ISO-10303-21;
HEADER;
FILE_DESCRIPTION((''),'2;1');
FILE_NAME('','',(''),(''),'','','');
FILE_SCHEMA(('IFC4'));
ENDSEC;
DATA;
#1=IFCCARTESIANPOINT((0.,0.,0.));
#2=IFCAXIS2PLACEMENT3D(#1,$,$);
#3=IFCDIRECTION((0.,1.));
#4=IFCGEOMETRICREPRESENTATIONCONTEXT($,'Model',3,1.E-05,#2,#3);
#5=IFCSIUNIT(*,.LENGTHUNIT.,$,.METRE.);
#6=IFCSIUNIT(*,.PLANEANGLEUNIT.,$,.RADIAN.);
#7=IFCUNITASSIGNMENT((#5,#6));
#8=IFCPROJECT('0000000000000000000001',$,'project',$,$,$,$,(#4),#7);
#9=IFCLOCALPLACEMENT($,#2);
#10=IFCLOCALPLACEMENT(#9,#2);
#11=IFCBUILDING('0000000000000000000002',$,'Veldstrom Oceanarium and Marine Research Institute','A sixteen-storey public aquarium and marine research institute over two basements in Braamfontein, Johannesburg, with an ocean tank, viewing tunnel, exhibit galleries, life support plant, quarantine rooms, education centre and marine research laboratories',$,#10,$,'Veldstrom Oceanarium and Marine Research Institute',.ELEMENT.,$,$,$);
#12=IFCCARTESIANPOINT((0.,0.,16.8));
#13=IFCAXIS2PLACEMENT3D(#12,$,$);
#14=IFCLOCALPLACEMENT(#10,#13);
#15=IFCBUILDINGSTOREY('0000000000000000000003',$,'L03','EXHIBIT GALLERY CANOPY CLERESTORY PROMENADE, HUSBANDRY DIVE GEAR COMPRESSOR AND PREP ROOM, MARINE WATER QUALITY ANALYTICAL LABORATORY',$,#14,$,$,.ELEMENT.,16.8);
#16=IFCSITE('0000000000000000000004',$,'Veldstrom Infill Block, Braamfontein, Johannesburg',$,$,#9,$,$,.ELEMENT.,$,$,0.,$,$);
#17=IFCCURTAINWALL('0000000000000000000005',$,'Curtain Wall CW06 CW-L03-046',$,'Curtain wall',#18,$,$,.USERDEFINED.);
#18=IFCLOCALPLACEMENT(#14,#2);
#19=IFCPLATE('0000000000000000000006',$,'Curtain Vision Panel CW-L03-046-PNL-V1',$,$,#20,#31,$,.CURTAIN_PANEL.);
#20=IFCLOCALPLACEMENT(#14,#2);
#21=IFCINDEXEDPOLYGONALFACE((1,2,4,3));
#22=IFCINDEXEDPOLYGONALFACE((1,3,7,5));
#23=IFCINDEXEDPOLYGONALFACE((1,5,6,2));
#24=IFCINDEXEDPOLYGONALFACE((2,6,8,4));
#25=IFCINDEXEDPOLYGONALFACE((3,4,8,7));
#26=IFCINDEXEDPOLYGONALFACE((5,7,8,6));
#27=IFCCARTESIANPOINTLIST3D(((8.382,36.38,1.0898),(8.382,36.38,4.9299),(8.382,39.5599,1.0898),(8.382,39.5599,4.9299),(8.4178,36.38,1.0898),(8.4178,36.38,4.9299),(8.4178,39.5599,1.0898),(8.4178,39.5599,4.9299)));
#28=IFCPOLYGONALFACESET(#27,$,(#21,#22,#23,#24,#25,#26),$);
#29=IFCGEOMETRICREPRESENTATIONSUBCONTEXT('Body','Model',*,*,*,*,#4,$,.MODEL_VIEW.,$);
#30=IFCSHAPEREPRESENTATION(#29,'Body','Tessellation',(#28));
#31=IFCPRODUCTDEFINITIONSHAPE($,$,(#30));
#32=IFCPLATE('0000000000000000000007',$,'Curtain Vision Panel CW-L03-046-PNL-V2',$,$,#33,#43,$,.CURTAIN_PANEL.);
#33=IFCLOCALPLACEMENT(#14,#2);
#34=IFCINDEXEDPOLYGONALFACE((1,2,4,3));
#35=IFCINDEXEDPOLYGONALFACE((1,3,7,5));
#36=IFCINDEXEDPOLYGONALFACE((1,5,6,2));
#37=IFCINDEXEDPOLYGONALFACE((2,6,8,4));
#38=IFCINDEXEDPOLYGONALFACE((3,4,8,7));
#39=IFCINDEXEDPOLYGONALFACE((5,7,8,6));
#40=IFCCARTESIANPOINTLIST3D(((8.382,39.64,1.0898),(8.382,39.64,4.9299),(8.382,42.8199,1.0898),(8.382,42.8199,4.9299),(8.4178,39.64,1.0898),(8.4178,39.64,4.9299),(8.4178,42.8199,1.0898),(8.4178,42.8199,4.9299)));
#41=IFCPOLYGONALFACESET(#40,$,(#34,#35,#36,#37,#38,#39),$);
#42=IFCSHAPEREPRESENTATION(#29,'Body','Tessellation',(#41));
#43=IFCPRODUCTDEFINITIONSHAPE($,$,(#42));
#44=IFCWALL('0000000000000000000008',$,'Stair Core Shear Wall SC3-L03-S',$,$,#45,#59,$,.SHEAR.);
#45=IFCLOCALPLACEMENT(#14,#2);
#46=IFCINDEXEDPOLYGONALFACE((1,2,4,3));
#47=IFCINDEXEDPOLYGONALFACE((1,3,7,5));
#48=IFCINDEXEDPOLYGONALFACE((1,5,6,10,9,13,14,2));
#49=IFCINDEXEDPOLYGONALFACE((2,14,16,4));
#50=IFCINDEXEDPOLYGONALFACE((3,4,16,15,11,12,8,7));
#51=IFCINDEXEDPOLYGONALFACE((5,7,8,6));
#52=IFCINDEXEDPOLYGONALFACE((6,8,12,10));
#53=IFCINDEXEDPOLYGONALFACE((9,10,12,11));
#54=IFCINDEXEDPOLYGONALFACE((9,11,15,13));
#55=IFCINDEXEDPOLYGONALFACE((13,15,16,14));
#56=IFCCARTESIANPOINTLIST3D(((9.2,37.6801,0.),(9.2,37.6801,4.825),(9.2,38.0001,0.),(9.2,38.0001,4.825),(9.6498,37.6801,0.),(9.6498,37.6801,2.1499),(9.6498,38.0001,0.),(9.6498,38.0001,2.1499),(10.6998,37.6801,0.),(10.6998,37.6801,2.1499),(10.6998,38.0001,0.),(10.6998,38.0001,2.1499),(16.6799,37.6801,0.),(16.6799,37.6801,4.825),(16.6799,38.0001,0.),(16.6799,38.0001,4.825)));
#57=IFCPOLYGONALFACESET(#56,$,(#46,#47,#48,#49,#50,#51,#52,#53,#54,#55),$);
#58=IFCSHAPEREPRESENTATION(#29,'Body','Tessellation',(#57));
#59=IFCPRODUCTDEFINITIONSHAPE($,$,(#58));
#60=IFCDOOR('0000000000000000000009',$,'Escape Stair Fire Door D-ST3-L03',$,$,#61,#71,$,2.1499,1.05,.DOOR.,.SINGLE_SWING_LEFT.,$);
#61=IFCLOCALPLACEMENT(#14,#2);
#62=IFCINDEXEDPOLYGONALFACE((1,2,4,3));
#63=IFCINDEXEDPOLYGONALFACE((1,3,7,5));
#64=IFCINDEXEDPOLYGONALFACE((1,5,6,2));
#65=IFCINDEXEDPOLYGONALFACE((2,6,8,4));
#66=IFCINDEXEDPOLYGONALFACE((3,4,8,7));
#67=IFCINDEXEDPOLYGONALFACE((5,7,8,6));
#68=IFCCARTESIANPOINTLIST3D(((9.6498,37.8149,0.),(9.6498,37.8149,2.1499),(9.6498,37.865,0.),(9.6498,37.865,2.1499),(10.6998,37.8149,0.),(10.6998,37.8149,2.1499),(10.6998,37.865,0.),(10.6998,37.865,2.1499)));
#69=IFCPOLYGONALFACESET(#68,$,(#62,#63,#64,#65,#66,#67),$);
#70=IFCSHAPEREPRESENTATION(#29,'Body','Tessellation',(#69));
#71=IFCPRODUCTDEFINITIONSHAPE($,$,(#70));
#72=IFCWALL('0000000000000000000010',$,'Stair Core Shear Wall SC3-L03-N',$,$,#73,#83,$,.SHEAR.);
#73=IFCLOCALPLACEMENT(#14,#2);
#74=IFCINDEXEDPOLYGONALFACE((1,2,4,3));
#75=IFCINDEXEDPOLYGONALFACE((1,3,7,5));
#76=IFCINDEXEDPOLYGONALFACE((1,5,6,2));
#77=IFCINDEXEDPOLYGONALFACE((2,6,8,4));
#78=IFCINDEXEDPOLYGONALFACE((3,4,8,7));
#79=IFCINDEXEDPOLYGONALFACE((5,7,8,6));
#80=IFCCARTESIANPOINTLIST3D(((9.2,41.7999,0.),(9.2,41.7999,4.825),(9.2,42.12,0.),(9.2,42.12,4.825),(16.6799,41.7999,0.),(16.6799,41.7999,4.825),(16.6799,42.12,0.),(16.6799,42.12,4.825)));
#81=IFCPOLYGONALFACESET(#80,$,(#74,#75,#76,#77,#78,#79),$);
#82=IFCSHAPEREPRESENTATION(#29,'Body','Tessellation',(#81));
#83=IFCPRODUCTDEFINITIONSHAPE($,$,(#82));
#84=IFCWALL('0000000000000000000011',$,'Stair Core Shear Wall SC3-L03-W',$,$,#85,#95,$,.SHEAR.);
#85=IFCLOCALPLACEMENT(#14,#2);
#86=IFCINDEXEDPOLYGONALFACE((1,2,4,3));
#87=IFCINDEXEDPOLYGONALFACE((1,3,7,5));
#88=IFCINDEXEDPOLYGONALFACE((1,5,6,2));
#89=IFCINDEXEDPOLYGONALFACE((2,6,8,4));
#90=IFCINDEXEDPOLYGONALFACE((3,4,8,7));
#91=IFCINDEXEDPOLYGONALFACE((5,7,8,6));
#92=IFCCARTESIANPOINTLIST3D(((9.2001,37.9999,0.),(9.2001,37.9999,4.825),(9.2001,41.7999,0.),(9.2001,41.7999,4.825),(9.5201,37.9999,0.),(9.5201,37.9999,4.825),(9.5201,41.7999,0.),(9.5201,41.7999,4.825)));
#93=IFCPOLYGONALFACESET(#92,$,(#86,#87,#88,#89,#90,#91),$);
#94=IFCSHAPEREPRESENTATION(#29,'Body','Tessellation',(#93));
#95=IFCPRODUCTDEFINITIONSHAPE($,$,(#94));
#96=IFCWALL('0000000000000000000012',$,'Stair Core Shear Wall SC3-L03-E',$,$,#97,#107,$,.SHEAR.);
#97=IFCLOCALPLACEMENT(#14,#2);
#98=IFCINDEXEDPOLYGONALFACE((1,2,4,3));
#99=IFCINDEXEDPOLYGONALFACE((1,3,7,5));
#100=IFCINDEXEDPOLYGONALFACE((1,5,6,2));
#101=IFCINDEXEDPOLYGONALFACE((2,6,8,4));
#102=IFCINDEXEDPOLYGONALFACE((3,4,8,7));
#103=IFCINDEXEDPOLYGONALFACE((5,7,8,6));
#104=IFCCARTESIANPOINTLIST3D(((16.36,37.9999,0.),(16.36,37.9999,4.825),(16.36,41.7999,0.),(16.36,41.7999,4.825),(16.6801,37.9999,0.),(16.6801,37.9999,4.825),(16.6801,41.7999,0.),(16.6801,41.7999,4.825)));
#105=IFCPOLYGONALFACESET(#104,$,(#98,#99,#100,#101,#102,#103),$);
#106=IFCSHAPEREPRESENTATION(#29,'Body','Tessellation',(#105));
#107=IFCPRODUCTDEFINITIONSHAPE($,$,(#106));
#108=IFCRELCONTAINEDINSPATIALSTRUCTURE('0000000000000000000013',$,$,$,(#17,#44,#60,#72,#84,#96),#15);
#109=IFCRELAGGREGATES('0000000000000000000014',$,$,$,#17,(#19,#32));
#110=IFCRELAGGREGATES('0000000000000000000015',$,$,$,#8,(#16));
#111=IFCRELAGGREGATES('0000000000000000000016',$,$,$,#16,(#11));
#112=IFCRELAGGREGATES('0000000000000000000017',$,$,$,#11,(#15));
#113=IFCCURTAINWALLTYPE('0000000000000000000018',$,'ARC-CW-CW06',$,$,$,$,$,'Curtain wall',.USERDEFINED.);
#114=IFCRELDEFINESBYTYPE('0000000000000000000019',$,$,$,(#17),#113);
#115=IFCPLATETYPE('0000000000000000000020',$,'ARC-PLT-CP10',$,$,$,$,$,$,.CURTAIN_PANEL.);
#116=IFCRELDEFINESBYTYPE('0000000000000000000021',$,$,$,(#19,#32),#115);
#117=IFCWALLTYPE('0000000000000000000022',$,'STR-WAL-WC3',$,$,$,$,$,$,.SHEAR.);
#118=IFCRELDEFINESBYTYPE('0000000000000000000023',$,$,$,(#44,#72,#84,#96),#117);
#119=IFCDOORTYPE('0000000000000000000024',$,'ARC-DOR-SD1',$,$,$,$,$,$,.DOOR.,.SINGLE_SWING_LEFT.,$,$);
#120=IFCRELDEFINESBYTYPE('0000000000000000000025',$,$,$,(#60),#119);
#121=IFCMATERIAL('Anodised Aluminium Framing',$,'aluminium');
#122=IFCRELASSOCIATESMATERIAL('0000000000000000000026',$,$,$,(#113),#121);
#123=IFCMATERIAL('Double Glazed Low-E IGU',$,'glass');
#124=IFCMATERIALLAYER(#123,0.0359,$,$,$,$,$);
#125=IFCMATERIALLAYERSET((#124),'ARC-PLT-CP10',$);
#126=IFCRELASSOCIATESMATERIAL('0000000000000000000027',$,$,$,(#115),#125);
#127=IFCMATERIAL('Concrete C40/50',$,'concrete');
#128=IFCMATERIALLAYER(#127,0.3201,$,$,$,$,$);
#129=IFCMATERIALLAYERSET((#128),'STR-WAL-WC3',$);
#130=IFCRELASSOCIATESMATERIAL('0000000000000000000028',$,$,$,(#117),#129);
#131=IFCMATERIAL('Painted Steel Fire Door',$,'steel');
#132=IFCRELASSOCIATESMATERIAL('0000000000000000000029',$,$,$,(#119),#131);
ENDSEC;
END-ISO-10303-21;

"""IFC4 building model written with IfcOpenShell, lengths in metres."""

from ifc_helpers import new_model, si_unit, direction, frame, frame_2d, origin, origin_2d, place, context, subcontext, project, spatial, rectangle, extrude, material, layer, layer_set, type_object, element, fill, aggregate, save


model = new_model("IFC4")

# Units and contexts
model_context = context("Model", 3, precision=1e-05, world=origin(), true_north=direction((0.0, 1.0)))
body_context = subcontext(model_context, "Body", "Model", "MODEL_VIEW")
ifc_project = project(units=[si_unit("LENGTHUNIT", "METRE"), si_unit("PLANEANGLEUNIT", "RADIAN")], contexts=[model_context])

# Site, building, storey
site_placement = place(None, origin())
site = spatial("IfcSite", under=ifc_project, at=site_placement, Name="Veldstrom Infill Block, Braamfontein, Johannesburg", CompositionType="ELEMENT", RefElevation=0.0)
building_placement = place(site_placement, origin())
building = spatial("IfcBuilding", under=site, at=building_placement, Name="Veldstrom Oceanarium and Marine Research Institute", Description="A sixteen-storey public aquarium and marine research institute over two basements in Braamfontein, Johannesburg, with an ocean tank, viewing tunnel, exhibit galleries, life support plant, quarantine rooms, education centre and marine research laboratories", LongName="Veldstrom Oceanarium and Marine Research Institute", CompositionType="ELEMENT")
storey_placement = place(building_placement, frame((0.0, 0.0, 16.8)))
storey = spatial("IfcBuildingStorey", under=building, at=storey_placement, Name="L03", Description="EXHIBIT GALLERY CANOPY CLERESTORY PROMENADE, HUSBANDRY DIVE GEAR COMPRESSOR AND PREP ROOM, MARINE WATER QUALITY ANALYTICAL LABORATORY", CompositionType="ELEMENT", Elevation=16.8)

# Curtain wall
ifc_material_1 = material(Name="Anodised Aluminium Framing", Category="aluminium")
curtain_wall_type = type_object("IfcCurtainWallType", Name="ARC-CW-CW06", ElementType="Curtain wall", PredefinedType="USERDEFINED", material=ifc_material_1)
curtain_wall_placement = place(storey_placement, origin())
curtain_wall = element("IfcCurtainWall", 1, at=curtain_wall_placement, inside=storey, type_object=curtain_wall_type, Name="Curtain Wall CW06 CW-L03-046", ObjectType="Curtain wall", PredefinedType="USERDEFINED")

# Plates
ifc_material_2 = material(Name="Double Glazed Low-E IGU", Category="glass")
ifc_layer_1 = layer(ifc_material_2, 0.0359)
ifc_layer_set_1 = layer_set([ifc_layer_1], Name="ARC-PLT-CP10")
plate_type_1 = type_object("IfcPlateType", Name="ARC-PLT-CP10", PredefinedType="CURTAIN_PANEL", material=ifc_layer_set_1)
plate_1_placement = place(storey_placement, frame((8.3999, 37.97, 1.0898), z_axis=(0.0, 0.0, 1.0), x_axis=(0.0, 1.0, 0.0)))
plate_1 = element("IfcPlate", 2, at=plate_1_placement, type_object=plate_type_1, Name="Curtain Vision Panel CW-L03-046-PNL-V1", PredefinedType="CURTAIN_PANEL", context=body_context, shape_type="SweptSolid", body=[
    extrude(rectangle(XDim=3.1799, YDim=0.0359, at=origin_2d()), origin(), (0.0, 0.0, 1.0), 3.8401),
])
plate_2_placement = place(storey_placement, frame((8.3999, 41.23, 1.0898), z_axis=(0.0, 0.0, 1.0), x_axis=(0.0, 1.0, 0.0)))
plate_2 = element("IfcPlate", 3, at=plate_2_placement, type_object=plate_type_1, Name="Curtain Vision Panel CW-L03-046-PNL-V2", PredefinedType="CURTAIN_PANEL", context=body_context, shape_type="SweptSolid", body=[
    extrude(rectangle(XDim=3.1799, YDim=0.0359, at=origin_2d()), origin(), (0.0, 0.0, 1.0), 3.8401),
])
aggregate(curtain_wall, [plate_1, plate_2])

# Wall, opening, door
ifc_material_3 = material(Name="Concrete C40/50", Category="concrete")
ifc_layer_2 = layer(ifc_material_3, 0.3201)
ifc_layer_set_2 = layer_set([ifc_layer_2], Name="STR-WAL-WC3")
wall_type = type_object("IfcWallType", Name="STR-WAL-WC3", PredefinedType="SHEAR", material=ifc_layer_set_2)
wall_1_placement = place(storey_placement, frame((9.2, 37.8401, 0.0), z_axis=(0.0, 0.0, 1.0), x_axis=(1.0, 0.0, 0.0)))
wall_1 = element("IfcWall", 4, at=wall_1_placement, inside=storey, type_object=wall_type, Name="Stair Core Shear Wall SC3-L03-S", PredefinedType="SHEAR", context=body_context, shape_type="SweptSolid", body=[
    extrude(rectangle(XDim=7.48, YDim=0.3201, at=frame_2d((3.74, 0.0))), origin(), (0.0, 0.0, 1.0), 4.825),
])
opening_placement = place(wall_1_placement, frame((0.45, 0.0, 0.0)))
opening = element("IfcOpeningElement", 5, at=opening_placement, cuts=wall_1, PredefinedType="OPENING", context=body_context, shape_type="SweptSolid", body=[
    extrude(rectangle(XDim=1.05, YDim=2.1499, at=frame_2d((0.5249, 1.075))), frame((0.0, 0.1699, 0.0), z_axis=(0.0, -1.0, 0.0), x_axis=(1.0, 0.0, 0.0)), (0.0, 0.0, 1.0), 0.3401),
])
ifc_material_4 = material(Name="Painted Steel Fire Door", Category="steel")
door_type = type_object("IfcDoorType", Name="ARC-DOR-SD1", OperationType="SINGLE_SWING_LEFT", PredefinedType="DOOR", material=ifc_material_4)
door_placement = place(opening_placement, origin())
door = element("IfcDoor", 6, at=door_placement, inside=storey, type_object=door_type, Name="Escape Stair Fire Door D-ST3-L03", OperationType="SINGLE_SWING_LEFT", OverallHeight=2.1499, OverallWidth=1.05, PredefinedType="DOOR", context=body_context, shape_type="SweptSolid", body=[
    extrude(rectangle(XDim=1.05, YDim=2.1499, at=frame_2d((0.5249, 1.075))), frame((0.0, 0.0249, 0.0), z_axis=(0.0, -1.0, 0.0), x_axis=(1.0, 0.0, 0.0)), (0.0, 0.0, 1.0), 0.05),
])
fill(opening, door)

# Walls
wall_2_placement = place(storey_placement, frame((9.2, 41.96, 0.0), z_axis=(0.0, 0.0, 1.0), x_axis=(1.0, 0.0, 0.0)))
element("IfcWall", 7, at=wall_2_placement, inside=storey, type_object=wall_type, Name="Stair Core Shear Wall SC3-L03-N", PredefinedType="SHEAR", context=body_context, shape_type="SweptSolid", body=[
    extrude(rectangle(XDim=7.48, YDim=0.3201, at=frame_2d((3.74, 0.0))), origin(), (0.0, 0.0, 1.0), 4.825),
])
for number, where, z_axis, x_axis, name in (
    (8, (9.3601, 38.0, 0.0), (0.0, 0.0, 1.0), (0.0, 1.0, 0.0), "Stair Core Shear Wall SC3-L03-W"),
    (9, (16.52, 38.0, 0.0), (0.0, 0.0, 1.0), (0.0, 1.0, 0.0), "Stair Core Shear Wall SC3-L03-E"),
):
    element("IfcWall", number, at=place(storey_placement, frame(where, z_axis=z_axis, x_axis=x_axis)), inside=storey, type_object=wall_type, Name=name, PredefinedType="SHEAR", context=body_context, shape_type="SweptSolid", body=[
        extrude(rectangle(XDim=3.8, YDim=0.3201, at=frame_2d((1.8999, 0.0))), origin(), (0.0, 0.0, 1.0), 4.825),
    ])

save(model, "model.ifc")
